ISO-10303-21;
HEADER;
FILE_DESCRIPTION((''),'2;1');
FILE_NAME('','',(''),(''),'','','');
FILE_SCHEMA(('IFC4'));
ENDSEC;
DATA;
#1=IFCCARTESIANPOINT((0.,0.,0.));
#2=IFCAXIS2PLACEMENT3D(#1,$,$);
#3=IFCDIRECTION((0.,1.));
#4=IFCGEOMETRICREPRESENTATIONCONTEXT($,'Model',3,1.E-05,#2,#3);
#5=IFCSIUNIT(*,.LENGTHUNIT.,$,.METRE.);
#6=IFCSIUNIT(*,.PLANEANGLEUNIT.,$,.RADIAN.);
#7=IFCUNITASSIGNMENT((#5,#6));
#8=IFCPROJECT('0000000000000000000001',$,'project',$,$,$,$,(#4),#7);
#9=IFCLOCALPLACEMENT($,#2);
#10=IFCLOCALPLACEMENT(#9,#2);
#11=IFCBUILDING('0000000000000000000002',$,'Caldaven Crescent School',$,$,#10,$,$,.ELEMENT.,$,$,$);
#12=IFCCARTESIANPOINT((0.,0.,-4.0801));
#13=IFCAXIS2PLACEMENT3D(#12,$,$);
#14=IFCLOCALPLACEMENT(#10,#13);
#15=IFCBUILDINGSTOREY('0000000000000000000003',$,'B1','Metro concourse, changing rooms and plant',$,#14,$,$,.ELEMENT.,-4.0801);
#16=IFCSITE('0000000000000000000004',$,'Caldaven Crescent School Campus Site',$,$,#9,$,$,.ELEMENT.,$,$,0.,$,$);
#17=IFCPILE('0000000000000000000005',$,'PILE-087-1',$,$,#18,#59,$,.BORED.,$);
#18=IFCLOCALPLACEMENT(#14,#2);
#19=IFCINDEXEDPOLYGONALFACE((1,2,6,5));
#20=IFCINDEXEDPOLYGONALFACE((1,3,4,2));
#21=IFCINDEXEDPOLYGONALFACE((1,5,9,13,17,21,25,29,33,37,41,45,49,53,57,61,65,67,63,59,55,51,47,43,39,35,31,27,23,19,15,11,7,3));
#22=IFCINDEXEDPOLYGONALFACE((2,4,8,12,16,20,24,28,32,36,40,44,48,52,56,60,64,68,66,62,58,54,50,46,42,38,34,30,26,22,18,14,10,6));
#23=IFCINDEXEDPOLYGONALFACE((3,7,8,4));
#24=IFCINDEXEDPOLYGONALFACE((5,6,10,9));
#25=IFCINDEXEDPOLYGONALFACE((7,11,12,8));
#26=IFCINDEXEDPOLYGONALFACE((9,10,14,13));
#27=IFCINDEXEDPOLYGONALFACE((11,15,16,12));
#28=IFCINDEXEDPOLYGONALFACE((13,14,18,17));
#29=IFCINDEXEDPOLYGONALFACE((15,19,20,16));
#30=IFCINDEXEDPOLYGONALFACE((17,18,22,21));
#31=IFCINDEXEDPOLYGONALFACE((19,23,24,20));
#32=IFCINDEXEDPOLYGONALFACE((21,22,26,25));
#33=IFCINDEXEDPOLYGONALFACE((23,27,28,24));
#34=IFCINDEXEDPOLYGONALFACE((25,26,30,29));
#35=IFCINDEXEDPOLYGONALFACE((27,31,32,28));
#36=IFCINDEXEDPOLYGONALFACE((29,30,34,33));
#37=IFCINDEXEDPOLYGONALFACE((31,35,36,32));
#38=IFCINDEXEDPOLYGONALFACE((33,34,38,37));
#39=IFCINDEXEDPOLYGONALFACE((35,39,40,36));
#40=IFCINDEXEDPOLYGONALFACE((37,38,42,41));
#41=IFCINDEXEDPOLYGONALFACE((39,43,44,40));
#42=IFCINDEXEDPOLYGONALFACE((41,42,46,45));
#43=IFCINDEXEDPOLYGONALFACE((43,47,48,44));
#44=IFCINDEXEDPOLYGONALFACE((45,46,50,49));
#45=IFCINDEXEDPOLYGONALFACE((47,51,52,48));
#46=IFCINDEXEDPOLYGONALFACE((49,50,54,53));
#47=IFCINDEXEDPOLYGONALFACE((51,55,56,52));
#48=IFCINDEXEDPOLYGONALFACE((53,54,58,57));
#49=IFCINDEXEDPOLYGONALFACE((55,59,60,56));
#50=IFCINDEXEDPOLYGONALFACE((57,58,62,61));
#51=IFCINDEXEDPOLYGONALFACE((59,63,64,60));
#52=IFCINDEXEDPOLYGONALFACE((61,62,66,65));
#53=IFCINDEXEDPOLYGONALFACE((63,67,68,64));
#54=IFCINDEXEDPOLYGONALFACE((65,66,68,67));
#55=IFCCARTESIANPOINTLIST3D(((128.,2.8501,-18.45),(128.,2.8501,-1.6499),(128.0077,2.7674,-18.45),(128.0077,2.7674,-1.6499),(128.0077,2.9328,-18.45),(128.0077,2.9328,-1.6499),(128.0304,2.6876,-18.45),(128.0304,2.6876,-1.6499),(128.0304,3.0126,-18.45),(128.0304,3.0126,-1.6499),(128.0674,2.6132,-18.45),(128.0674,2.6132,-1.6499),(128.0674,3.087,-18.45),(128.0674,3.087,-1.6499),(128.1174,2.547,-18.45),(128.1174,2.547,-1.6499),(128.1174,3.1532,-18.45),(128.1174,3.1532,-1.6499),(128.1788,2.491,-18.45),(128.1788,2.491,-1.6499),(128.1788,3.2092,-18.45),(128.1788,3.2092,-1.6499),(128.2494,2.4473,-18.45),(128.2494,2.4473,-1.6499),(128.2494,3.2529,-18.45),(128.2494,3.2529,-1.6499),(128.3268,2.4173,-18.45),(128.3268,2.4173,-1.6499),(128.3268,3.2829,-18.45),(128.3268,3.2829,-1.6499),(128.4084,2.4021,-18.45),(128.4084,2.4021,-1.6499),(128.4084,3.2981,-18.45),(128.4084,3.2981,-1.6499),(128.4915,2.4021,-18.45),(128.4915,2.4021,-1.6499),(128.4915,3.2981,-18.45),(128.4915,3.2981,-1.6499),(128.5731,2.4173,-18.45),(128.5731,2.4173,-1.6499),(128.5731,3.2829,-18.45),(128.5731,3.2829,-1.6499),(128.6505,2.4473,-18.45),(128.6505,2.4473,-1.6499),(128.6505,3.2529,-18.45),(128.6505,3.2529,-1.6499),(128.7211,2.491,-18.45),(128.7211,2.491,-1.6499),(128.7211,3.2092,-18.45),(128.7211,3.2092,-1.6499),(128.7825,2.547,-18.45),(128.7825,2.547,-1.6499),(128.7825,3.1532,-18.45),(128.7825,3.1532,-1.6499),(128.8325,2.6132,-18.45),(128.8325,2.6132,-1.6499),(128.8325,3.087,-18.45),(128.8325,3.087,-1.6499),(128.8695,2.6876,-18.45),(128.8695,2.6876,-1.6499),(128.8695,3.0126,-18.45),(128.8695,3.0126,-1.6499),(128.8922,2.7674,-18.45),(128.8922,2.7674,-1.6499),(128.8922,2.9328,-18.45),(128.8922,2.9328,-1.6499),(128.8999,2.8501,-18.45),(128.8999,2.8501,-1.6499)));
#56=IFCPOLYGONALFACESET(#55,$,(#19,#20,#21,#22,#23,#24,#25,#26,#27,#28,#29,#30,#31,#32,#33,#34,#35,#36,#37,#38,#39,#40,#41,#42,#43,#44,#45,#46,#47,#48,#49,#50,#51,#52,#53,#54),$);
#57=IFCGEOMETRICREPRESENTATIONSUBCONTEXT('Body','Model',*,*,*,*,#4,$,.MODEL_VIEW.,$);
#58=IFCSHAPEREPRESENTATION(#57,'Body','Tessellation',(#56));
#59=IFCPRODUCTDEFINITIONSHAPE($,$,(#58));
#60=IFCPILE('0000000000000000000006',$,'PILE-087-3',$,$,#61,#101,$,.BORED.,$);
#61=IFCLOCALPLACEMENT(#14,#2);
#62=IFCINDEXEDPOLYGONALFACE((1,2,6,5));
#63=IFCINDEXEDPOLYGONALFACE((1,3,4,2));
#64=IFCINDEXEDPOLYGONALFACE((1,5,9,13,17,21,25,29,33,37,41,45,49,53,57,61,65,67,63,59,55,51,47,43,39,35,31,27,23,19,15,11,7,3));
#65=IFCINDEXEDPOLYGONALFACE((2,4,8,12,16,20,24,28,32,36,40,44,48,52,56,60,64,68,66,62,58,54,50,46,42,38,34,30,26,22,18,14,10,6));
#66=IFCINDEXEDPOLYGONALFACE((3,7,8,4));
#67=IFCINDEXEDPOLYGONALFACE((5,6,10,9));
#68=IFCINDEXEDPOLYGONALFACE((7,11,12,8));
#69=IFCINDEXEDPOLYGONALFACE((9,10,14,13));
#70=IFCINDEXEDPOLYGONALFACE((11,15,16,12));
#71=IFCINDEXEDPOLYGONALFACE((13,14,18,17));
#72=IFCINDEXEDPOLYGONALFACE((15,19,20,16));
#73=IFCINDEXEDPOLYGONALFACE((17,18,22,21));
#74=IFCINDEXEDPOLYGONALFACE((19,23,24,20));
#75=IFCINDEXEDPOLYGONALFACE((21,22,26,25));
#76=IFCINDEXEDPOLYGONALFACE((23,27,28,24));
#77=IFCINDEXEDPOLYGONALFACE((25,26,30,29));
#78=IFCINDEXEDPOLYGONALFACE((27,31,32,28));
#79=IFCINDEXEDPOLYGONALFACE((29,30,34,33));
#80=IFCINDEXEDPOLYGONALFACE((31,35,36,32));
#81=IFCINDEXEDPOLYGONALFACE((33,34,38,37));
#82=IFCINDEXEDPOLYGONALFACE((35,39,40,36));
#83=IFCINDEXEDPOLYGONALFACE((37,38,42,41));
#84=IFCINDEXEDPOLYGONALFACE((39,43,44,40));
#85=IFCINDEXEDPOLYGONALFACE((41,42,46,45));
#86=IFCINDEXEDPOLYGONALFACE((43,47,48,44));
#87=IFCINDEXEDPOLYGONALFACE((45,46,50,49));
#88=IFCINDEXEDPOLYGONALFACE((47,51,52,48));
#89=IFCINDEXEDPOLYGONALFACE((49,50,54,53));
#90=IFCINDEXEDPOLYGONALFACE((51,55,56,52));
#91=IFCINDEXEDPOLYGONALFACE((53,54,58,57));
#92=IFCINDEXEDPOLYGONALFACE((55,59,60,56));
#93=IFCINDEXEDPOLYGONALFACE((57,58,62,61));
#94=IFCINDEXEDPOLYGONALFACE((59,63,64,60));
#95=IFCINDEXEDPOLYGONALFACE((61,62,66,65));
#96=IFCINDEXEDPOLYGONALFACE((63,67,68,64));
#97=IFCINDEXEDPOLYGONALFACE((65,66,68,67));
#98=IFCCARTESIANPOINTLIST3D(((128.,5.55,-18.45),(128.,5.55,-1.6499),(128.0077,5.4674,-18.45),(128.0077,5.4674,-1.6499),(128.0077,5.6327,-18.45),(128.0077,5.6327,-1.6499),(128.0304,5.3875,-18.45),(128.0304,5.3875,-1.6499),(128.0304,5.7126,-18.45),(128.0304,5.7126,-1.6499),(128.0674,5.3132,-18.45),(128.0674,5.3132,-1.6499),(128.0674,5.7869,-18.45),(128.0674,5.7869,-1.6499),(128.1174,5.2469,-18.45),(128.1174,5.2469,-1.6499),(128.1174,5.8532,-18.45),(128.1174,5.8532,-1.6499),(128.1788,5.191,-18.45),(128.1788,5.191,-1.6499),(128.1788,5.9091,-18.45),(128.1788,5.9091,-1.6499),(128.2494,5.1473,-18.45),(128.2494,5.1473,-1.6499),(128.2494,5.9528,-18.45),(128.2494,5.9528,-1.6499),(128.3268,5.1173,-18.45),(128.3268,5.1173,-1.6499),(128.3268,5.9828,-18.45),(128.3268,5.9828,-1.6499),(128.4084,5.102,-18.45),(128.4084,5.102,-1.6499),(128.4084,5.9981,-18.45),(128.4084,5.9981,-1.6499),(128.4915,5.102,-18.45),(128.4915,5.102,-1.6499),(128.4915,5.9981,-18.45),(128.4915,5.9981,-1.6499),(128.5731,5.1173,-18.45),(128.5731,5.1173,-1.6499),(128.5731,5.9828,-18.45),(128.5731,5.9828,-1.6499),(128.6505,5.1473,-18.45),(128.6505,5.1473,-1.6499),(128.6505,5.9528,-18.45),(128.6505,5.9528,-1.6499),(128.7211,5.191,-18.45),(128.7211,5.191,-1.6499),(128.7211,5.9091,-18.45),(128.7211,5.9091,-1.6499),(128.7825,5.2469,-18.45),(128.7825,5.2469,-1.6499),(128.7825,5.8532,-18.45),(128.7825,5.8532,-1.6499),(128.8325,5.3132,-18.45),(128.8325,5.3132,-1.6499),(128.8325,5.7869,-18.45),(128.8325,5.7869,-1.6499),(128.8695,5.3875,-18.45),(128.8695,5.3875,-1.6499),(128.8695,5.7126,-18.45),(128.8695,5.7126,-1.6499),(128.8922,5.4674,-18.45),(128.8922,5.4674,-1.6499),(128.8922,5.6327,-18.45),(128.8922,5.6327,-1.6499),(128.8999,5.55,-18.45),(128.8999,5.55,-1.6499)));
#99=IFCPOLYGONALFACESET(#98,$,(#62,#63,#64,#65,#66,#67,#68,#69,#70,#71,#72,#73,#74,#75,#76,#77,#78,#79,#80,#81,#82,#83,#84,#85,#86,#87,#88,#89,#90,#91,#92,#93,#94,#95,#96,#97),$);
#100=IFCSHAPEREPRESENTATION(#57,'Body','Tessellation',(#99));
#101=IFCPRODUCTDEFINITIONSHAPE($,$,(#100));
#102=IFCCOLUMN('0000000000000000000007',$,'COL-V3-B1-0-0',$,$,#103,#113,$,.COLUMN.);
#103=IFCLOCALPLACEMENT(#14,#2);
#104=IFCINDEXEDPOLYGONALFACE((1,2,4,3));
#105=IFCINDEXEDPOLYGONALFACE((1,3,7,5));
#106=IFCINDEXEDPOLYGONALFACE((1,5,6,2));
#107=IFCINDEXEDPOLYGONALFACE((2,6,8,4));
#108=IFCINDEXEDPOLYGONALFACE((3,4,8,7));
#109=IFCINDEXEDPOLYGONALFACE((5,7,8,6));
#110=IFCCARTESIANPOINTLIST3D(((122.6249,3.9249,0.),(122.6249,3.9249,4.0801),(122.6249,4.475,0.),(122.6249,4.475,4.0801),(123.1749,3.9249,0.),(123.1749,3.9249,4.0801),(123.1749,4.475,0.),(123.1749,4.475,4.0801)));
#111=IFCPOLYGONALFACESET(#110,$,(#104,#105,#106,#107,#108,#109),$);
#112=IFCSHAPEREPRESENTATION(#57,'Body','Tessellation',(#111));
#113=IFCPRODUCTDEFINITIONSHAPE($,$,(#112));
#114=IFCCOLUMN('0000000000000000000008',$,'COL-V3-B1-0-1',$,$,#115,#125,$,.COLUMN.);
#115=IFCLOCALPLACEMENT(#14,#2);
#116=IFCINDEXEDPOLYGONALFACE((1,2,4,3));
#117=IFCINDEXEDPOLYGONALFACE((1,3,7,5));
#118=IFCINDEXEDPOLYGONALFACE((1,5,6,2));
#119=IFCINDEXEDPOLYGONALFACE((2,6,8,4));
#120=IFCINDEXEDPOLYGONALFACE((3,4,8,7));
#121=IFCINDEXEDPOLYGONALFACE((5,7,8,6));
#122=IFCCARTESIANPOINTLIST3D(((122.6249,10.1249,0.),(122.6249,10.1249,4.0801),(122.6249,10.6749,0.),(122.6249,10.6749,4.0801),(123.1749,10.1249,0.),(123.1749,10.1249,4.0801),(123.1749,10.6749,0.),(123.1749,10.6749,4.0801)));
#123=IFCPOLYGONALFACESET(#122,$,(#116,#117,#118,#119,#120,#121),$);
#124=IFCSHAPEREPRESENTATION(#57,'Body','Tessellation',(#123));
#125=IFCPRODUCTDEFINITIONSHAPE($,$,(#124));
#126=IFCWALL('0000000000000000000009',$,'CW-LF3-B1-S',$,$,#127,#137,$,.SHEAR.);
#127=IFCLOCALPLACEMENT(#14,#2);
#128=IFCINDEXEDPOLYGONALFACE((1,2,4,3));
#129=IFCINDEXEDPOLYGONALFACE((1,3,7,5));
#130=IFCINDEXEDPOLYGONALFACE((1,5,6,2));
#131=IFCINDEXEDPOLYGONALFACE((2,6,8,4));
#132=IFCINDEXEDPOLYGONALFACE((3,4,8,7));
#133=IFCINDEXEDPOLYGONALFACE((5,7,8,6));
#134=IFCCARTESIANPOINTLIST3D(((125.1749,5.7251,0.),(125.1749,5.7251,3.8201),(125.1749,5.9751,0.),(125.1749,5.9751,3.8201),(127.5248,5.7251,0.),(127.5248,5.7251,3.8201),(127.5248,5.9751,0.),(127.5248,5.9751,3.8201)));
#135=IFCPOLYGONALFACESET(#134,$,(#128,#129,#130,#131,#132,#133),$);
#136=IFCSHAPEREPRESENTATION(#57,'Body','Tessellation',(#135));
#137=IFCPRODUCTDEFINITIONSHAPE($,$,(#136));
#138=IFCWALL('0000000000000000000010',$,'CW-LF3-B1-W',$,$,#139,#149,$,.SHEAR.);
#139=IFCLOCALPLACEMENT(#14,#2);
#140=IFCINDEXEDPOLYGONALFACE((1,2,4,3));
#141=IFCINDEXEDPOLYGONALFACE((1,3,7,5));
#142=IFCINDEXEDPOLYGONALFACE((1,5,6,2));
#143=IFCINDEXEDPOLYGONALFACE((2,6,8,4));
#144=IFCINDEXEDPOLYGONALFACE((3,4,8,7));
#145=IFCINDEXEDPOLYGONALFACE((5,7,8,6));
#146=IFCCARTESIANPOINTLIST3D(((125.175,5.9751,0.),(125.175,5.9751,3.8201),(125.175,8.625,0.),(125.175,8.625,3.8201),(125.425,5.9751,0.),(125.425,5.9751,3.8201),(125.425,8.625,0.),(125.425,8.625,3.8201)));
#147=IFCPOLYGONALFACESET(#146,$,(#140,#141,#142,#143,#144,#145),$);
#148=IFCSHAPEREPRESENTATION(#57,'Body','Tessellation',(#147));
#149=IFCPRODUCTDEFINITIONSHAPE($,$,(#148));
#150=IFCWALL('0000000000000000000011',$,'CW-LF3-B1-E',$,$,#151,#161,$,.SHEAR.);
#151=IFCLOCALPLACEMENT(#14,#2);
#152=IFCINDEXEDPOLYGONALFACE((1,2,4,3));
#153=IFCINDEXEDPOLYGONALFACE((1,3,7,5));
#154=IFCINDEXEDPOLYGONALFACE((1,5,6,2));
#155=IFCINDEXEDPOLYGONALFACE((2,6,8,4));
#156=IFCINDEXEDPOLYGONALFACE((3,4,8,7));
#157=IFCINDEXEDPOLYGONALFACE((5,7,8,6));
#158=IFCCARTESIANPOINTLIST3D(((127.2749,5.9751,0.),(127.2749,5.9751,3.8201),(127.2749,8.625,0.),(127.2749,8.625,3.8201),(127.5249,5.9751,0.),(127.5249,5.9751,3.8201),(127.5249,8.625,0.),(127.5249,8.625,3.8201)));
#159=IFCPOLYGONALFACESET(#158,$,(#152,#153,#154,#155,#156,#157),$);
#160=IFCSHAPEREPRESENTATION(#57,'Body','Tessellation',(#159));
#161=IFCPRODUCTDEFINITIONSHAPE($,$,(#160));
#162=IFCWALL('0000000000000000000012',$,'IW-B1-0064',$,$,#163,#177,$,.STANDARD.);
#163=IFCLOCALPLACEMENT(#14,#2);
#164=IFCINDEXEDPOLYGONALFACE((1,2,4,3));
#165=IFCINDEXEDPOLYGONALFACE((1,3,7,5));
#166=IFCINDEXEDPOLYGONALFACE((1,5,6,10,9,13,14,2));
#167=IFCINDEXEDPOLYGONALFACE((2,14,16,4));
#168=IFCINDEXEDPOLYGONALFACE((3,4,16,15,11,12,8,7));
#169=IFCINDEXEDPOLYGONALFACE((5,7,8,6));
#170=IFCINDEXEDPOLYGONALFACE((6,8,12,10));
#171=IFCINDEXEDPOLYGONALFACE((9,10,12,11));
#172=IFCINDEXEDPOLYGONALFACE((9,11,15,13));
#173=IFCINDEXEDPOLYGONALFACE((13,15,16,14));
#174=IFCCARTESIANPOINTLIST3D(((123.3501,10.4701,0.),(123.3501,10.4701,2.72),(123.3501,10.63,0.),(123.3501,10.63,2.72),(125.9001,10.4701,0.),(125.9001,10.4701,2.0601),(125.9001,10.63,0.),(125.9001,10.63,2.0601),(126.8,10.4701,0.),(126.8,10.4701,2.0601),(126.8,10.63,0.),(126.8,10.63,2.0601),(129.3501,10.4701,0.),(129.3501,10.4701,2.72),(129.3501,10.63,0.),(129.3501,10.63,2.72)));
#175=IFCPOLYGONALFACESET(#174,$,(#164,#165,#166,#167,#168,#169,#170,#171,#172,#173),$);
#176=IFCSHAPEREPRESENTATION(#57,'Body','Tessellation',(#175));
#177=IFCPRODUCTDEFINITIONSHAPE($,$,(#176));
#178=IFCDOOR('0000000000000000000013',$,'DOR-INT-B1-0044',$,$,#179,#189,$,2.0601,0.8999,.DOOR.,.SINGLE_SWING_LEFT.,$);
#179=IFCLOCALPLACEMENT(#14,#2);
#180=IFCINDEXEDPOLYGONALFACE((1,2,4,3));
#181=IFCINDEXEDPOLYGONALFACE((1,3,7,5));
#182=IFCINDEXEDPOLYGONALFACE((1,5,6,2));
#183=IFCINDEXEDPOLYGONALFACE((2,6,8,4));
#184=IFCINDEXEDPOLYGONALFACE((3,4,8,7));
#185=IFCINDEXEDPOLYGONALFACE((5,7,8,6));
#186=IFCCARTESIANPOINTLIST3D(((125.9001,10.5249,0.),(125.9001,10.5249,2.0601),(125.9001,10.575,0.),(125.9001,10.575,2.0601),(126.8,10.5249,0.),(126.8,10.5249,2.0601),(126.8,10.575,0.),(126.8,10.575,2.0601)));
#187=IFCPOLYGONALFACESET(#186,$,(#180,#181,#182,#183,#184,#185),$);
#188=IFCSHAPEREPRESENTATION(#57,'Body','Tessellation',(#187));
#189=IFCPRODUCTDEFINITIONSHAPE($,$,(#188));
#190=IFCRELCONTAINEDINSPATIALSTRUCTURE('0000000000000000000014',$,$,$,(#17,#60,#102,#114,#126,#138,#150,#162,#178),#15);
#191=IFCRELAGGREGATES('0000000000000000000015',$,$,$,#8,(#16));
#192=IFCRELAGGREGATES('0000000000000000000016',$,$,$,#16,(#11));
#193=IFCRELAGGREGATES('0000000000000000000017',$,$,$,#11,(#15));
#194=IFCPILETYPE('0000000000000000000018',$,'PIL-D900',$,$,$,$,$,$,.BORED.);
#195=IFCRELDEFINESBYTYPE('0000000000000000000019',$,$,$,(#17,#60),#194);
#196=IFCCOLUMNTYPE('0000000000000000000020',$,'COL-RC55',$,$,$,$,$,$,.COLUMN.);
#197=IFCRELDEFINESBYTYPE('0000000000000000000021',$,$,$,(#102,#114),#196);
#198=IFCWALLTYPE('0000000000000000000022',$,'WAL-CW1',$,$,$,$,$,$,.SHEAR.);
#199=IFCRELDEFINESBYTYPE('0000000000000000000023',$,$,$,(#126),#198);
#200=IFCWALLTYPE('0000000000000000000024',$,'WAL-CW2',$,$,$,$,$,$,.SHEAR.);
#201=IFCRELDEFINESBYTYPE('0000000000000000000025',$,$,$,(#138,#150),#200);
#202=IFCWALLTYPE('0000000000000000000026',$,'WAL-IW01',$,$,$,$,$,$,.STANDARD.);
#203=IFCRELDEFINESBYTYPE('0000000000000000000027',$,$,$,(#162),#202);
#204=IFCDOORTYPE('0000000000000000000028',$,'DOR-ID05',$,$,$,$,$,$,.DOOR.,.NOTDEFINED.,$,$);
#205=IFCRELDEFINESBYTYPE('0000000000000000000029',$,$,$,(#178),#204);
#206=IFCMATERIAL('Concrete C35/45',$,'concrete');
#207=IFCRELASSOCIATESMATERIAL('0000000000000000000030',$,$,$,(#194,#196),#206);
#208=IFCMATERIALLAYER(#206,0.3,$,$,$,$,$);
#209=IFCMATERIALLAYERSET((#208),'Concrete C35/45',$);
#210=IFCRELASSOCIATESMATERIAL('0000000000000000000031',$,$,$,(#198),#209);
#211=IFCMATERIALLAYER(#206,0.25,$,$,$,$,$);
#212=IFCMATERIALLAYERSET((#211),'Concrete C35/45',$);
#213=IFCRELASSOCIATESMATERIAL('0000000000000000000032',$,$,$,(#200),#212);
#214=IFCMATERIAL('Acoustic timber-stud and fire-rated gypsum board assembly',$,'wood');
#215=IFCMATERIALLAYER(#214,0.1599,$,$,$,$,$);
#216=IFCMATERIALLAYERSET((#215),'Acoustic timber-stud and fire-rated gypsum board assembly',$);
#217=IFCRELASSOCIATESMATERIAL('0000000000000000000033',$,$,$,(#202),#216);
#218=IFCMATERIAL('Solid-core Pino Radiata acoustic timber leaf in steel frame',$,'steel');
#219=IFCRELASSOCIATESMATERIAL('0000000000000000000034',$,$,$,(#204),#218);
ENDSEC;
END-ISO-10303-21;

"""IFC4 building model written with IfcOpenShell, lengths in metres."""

from ifc_helpers import new_model, si_unit, direction, frame, frame_2d, origin, origin_2d, place, context, subcontext, project, spatial, rectangle, circle, extrude, material, layer, layer_set, material_profile, profile_set, type_object, element, fill, save


model = new_model("IFC4")

# Units and contexts
model_context = context("Model", 3, precision=1e-05, world=origin(), true_north=direction((0.0, 1.0)))
body_context = subcontext(model_context, "Body", "Model", "MODEL_VIEW")
ifc_project = project(units=[si_unit("LENGTHUNIT", "METRE"), si_unit("PLANEANGLEUNIT", "RADIAN")], contexts=[model_context])

# Site, building, storey
site_placement = place(None, origin())
site = spatial("IfcSite", under=ifc_project, at=site_placement, Name="Caldaven Crescent School Campus Site", CompositionType="ELEMENT", RefElevation=0.0)
building_placement = place(site_placement, origin())
building = spatial("IfcBuilding", under=site, at=building_placement, Name="Caldaven Crescent School", CompositionType="ELEMENT")
storey_placement = place(building_placement, frame((0.0, 0.0, -4.0801)))
storey = spatial("IfcBuildingStorey", under=building, at=storey_placement, Name="B1", Description="Metro concourse, changing rooms and plant", CompositionType="ELEMENT", Elevation=-4.0801)

# Shared definitions
ifc_material_1 = material(Name="Concrete C35/45", Category="concrete")

# Piles
ifc_material_profile_1 = material_profile(ifc_material_1, circle(Radius=0.45, at=origin_2d()), Name="PILE D900")
ifc_profile_set_1 = profile_set([ifc_material_profile_1], Name="Concrete C35/45")
pile_type = type_object("IfcPileType", Name="PIL-D900", PredefinedType="BORED", material=ifc_profile_set_1)
for number, where, z_axis, x_axis, name in (
    (1, (128.45, 2.8501, -1.6499), (0.0, 0.0, -1.0), (1.0, 0.0, 0.0), "PILE-087-1"),
    (2, (128.45, 5.55, -1.6499), (0.0, 0.0, -1.0), (1.0, 0.0, 0.0), "PILE-087-3"),
):
    element("IfcPile", number, at=place(storey_placement, frame(where, z_axis=z_axis, x_axis=x_axis)), inside=storey, type_object=pile_type, Name=name, PredefinedType="BORED", context=body_context, shape_type="SweptSolid", body=[
        extrude(circle(Radius=0.45, at=origin_2d()), origin(), (0.0, 0.0, 1.0), 16.8),
    ])

# Columns
ifc_material_profile_2 = material_profile(ifc_material_1, rectangle(XDim=0.55, YDim=0.55, at=origin_2d()), Name="RC 550x550")
ifc_profile_set_2 = profile_set([ifc_material_profile_2], Name="Concrete C35/45")
column_type = type_object("IfcColumnType", Name="COL-RC55", PredefinedType="COLUMN", material=ifc_profile_set_2)
for number, where, z_axis, x_axis, name in (
    (3, (122.8999, 4.2, 0.0), (0.0, 0.0, 1.0), (1.0, 0.0, 0.0), "COL-V3-B1-0-0"),
    (4, (122.8999, 10.3999, 0.0), (0.0, 0.0, 1.0), (1.0, 0.0, 0.0), "COL-V3-B1-0-1"),
):
    element("IfcColumn", number, at=place(storey_placement, frame(where, z_axis=z_axis, x_axis=x_axis)), inside=storey, type_object=column_type, Name=name, PredefinedType="COLUMN", context=body_context, shape_type="SweptSolid", body=[
        extrude(rectangle(XDim=0.55, YDim=0.55, at=origin_2d()), origin(), (0.0, 0.0, 1.0), 4.0801),
    ])

# Shared definitions
ifc_layer_1 = layer(ifc_material_1, 0.3)
ifc_layer_set_1 = layer_set([ifc_layer_1], Name="Concrete C35/45")
wall_type_1 = type_object("IfcWallType", Name="WAL-CW1", PredefinedType="SHEAR", material=ifc_layer_set_1)

# Walls
wall_1_placement = place(storey_placement, frame((125.175, 5.8501, 0.0), z_axis=(0.0, 0.0, 1.0), x_axis=(1.0, 0.0, 0.0)))
element("IfcWall", 5, at=wall_1_placement, inside=storey, type_object=wall_type_1, Name="CW-LF3-B1-S", PredefinedType="SHEAR", context=body_context, shape_type="SweptSolid", body=[
    extrude(rectangle(XDim=2.3499, YDim=0.25, at=frame_2d((1.1748, 0.0))), origin(), (0.0, 0.0, 1.0), 3.8201),
])
ifc_layer_2 = layer(ifc_material_1, 0.25)
ifc_layer_set_2 = layer_set([ifc_layer_2], Name="Concrete C35/45")
wall_type_2 = type_object("IfcWallType", Name="WAL-CW2", PredefinedType="SHEAR", material=ifc_layer_set_2)
for number, where, z_axis, x_axis, name in (
    (6, (125.3, 5.9751, 0.0), (0.0, 0.0, 1.0), (0.0, 1.0, 0.0), "CW-LF3-B1-W"),
    (7, (127.3999, 5.9751, 0.0), (0.0, 0.0, 1.0), (0.0, 1.0, 0.0), "CW-LF3-B1-E"),
):
    element("IfcWall", number, at=place(storey_placement, frame(where, z_axis=z_axis, x_axis=x_axis)), inside=storey, type_object=wall_type_2, Name=name, PredefinedType="SHEAR", context=body_context, shape_type="SweptSolid", body=[
        extrude(rectangle(XDim=2.6499, YDim=0.25, at=frame_2d((1.325, 0.0))), origin(), (0.0, 0.0, 1.0), 3.8201),
    ])

# Wall, opening, door
ifc_material_2 = material(Name="Acoustic timber-stud and fire-rated gypsum board assembly", Category="wood")
ifc_layer_3 = layer(ifc_material_2, 0.1599)
ifc_layer_set_3 = layer_set([ifc_layer_3], Name="Acoustic timber-stud and fire-rated gypsum board assembly")
wall_type_3 = type_object("IfcWallType", Name="WAL-IW01", PredefinedType="STANDARD", material=ifc_layer_set_3)
wall_2_placement = place(storey_placement, frame((123.3501, 10.55, 0.0), z_axis=(0.0, 0.0, 1.0), x_axis=(1.0, 0.0, 0.0)))
wall_2 = element("IfcWall", 8, at=wall_2_placement, inside=storey, type_object=wall_type_3, Name="IW-B1-0064", PredefinedType="STANDARD", context=body_context, shape_type="SweptSolid", body=[
    extrude(rectangle(XDim=6.0, YDim=0.1599, at=frame_2d((3.0, 0.0))), origin(), (0.0, 0.0, 1.0), 2.72),
])
opening_1_placement = place(wall_2_placement, frame((2.55, 0.0, 0.0)))
opening_1 = element("IfcOpeningElement", 9, at=opening_1_placement, cuts=wall_2, PredefinedType="OPENING", context=body_context, shape_type="SweptSolid", body=[
    extrude(rectangle(XDim=0.8999, YDim=2.0601, at=frame_2d((0.45, 1.03))), frame((0.0, 0.0898, 0.0), z_axis=(0.0, -1.0, 0.0), x_axis=(1.0, 0.0, 0.0)), (0.0, 0.0, 1.0), 0.1799),
])
ifc_material_3 = material(Name="Solid-core Pino Radiata acoustic timber leaf in steel frame", Category="steel")
door_type_1 = type_object("IfcDoorType", Name="DOR-ID05", OperationType="NOTDEFINED", PredefinedType="DOOR", material=ifc_material_3)
door_1_placement = place(opening_1_placement, origin())
door_1 = element("IfcDoor", 10, at=door_1_placement, inside=storey, type_object=door_type_1, Name="DOR-INT-B1-0044", OperationType="SINGLE_SWING_LEFT", OverallHeight=2.0601, OverallWidth=0.8999, PredefinedType="DOOR", context=body_context, shape_type="SweptSolid", body=[
    extrude(rectangle(XDim=0.8999, YDim=2.0601, at=frame_2d((0.45, 1.03))), frame((0.0, 0.0249, 0.0), z_axis=(0.0, -1.0, 0.0), x_axis=(1.0, 0.0, 0.0)), (0.0, 0.0, 1.0), 0.05),
])
fill(opening_1, door_1)

save(model, "model.ifc")
